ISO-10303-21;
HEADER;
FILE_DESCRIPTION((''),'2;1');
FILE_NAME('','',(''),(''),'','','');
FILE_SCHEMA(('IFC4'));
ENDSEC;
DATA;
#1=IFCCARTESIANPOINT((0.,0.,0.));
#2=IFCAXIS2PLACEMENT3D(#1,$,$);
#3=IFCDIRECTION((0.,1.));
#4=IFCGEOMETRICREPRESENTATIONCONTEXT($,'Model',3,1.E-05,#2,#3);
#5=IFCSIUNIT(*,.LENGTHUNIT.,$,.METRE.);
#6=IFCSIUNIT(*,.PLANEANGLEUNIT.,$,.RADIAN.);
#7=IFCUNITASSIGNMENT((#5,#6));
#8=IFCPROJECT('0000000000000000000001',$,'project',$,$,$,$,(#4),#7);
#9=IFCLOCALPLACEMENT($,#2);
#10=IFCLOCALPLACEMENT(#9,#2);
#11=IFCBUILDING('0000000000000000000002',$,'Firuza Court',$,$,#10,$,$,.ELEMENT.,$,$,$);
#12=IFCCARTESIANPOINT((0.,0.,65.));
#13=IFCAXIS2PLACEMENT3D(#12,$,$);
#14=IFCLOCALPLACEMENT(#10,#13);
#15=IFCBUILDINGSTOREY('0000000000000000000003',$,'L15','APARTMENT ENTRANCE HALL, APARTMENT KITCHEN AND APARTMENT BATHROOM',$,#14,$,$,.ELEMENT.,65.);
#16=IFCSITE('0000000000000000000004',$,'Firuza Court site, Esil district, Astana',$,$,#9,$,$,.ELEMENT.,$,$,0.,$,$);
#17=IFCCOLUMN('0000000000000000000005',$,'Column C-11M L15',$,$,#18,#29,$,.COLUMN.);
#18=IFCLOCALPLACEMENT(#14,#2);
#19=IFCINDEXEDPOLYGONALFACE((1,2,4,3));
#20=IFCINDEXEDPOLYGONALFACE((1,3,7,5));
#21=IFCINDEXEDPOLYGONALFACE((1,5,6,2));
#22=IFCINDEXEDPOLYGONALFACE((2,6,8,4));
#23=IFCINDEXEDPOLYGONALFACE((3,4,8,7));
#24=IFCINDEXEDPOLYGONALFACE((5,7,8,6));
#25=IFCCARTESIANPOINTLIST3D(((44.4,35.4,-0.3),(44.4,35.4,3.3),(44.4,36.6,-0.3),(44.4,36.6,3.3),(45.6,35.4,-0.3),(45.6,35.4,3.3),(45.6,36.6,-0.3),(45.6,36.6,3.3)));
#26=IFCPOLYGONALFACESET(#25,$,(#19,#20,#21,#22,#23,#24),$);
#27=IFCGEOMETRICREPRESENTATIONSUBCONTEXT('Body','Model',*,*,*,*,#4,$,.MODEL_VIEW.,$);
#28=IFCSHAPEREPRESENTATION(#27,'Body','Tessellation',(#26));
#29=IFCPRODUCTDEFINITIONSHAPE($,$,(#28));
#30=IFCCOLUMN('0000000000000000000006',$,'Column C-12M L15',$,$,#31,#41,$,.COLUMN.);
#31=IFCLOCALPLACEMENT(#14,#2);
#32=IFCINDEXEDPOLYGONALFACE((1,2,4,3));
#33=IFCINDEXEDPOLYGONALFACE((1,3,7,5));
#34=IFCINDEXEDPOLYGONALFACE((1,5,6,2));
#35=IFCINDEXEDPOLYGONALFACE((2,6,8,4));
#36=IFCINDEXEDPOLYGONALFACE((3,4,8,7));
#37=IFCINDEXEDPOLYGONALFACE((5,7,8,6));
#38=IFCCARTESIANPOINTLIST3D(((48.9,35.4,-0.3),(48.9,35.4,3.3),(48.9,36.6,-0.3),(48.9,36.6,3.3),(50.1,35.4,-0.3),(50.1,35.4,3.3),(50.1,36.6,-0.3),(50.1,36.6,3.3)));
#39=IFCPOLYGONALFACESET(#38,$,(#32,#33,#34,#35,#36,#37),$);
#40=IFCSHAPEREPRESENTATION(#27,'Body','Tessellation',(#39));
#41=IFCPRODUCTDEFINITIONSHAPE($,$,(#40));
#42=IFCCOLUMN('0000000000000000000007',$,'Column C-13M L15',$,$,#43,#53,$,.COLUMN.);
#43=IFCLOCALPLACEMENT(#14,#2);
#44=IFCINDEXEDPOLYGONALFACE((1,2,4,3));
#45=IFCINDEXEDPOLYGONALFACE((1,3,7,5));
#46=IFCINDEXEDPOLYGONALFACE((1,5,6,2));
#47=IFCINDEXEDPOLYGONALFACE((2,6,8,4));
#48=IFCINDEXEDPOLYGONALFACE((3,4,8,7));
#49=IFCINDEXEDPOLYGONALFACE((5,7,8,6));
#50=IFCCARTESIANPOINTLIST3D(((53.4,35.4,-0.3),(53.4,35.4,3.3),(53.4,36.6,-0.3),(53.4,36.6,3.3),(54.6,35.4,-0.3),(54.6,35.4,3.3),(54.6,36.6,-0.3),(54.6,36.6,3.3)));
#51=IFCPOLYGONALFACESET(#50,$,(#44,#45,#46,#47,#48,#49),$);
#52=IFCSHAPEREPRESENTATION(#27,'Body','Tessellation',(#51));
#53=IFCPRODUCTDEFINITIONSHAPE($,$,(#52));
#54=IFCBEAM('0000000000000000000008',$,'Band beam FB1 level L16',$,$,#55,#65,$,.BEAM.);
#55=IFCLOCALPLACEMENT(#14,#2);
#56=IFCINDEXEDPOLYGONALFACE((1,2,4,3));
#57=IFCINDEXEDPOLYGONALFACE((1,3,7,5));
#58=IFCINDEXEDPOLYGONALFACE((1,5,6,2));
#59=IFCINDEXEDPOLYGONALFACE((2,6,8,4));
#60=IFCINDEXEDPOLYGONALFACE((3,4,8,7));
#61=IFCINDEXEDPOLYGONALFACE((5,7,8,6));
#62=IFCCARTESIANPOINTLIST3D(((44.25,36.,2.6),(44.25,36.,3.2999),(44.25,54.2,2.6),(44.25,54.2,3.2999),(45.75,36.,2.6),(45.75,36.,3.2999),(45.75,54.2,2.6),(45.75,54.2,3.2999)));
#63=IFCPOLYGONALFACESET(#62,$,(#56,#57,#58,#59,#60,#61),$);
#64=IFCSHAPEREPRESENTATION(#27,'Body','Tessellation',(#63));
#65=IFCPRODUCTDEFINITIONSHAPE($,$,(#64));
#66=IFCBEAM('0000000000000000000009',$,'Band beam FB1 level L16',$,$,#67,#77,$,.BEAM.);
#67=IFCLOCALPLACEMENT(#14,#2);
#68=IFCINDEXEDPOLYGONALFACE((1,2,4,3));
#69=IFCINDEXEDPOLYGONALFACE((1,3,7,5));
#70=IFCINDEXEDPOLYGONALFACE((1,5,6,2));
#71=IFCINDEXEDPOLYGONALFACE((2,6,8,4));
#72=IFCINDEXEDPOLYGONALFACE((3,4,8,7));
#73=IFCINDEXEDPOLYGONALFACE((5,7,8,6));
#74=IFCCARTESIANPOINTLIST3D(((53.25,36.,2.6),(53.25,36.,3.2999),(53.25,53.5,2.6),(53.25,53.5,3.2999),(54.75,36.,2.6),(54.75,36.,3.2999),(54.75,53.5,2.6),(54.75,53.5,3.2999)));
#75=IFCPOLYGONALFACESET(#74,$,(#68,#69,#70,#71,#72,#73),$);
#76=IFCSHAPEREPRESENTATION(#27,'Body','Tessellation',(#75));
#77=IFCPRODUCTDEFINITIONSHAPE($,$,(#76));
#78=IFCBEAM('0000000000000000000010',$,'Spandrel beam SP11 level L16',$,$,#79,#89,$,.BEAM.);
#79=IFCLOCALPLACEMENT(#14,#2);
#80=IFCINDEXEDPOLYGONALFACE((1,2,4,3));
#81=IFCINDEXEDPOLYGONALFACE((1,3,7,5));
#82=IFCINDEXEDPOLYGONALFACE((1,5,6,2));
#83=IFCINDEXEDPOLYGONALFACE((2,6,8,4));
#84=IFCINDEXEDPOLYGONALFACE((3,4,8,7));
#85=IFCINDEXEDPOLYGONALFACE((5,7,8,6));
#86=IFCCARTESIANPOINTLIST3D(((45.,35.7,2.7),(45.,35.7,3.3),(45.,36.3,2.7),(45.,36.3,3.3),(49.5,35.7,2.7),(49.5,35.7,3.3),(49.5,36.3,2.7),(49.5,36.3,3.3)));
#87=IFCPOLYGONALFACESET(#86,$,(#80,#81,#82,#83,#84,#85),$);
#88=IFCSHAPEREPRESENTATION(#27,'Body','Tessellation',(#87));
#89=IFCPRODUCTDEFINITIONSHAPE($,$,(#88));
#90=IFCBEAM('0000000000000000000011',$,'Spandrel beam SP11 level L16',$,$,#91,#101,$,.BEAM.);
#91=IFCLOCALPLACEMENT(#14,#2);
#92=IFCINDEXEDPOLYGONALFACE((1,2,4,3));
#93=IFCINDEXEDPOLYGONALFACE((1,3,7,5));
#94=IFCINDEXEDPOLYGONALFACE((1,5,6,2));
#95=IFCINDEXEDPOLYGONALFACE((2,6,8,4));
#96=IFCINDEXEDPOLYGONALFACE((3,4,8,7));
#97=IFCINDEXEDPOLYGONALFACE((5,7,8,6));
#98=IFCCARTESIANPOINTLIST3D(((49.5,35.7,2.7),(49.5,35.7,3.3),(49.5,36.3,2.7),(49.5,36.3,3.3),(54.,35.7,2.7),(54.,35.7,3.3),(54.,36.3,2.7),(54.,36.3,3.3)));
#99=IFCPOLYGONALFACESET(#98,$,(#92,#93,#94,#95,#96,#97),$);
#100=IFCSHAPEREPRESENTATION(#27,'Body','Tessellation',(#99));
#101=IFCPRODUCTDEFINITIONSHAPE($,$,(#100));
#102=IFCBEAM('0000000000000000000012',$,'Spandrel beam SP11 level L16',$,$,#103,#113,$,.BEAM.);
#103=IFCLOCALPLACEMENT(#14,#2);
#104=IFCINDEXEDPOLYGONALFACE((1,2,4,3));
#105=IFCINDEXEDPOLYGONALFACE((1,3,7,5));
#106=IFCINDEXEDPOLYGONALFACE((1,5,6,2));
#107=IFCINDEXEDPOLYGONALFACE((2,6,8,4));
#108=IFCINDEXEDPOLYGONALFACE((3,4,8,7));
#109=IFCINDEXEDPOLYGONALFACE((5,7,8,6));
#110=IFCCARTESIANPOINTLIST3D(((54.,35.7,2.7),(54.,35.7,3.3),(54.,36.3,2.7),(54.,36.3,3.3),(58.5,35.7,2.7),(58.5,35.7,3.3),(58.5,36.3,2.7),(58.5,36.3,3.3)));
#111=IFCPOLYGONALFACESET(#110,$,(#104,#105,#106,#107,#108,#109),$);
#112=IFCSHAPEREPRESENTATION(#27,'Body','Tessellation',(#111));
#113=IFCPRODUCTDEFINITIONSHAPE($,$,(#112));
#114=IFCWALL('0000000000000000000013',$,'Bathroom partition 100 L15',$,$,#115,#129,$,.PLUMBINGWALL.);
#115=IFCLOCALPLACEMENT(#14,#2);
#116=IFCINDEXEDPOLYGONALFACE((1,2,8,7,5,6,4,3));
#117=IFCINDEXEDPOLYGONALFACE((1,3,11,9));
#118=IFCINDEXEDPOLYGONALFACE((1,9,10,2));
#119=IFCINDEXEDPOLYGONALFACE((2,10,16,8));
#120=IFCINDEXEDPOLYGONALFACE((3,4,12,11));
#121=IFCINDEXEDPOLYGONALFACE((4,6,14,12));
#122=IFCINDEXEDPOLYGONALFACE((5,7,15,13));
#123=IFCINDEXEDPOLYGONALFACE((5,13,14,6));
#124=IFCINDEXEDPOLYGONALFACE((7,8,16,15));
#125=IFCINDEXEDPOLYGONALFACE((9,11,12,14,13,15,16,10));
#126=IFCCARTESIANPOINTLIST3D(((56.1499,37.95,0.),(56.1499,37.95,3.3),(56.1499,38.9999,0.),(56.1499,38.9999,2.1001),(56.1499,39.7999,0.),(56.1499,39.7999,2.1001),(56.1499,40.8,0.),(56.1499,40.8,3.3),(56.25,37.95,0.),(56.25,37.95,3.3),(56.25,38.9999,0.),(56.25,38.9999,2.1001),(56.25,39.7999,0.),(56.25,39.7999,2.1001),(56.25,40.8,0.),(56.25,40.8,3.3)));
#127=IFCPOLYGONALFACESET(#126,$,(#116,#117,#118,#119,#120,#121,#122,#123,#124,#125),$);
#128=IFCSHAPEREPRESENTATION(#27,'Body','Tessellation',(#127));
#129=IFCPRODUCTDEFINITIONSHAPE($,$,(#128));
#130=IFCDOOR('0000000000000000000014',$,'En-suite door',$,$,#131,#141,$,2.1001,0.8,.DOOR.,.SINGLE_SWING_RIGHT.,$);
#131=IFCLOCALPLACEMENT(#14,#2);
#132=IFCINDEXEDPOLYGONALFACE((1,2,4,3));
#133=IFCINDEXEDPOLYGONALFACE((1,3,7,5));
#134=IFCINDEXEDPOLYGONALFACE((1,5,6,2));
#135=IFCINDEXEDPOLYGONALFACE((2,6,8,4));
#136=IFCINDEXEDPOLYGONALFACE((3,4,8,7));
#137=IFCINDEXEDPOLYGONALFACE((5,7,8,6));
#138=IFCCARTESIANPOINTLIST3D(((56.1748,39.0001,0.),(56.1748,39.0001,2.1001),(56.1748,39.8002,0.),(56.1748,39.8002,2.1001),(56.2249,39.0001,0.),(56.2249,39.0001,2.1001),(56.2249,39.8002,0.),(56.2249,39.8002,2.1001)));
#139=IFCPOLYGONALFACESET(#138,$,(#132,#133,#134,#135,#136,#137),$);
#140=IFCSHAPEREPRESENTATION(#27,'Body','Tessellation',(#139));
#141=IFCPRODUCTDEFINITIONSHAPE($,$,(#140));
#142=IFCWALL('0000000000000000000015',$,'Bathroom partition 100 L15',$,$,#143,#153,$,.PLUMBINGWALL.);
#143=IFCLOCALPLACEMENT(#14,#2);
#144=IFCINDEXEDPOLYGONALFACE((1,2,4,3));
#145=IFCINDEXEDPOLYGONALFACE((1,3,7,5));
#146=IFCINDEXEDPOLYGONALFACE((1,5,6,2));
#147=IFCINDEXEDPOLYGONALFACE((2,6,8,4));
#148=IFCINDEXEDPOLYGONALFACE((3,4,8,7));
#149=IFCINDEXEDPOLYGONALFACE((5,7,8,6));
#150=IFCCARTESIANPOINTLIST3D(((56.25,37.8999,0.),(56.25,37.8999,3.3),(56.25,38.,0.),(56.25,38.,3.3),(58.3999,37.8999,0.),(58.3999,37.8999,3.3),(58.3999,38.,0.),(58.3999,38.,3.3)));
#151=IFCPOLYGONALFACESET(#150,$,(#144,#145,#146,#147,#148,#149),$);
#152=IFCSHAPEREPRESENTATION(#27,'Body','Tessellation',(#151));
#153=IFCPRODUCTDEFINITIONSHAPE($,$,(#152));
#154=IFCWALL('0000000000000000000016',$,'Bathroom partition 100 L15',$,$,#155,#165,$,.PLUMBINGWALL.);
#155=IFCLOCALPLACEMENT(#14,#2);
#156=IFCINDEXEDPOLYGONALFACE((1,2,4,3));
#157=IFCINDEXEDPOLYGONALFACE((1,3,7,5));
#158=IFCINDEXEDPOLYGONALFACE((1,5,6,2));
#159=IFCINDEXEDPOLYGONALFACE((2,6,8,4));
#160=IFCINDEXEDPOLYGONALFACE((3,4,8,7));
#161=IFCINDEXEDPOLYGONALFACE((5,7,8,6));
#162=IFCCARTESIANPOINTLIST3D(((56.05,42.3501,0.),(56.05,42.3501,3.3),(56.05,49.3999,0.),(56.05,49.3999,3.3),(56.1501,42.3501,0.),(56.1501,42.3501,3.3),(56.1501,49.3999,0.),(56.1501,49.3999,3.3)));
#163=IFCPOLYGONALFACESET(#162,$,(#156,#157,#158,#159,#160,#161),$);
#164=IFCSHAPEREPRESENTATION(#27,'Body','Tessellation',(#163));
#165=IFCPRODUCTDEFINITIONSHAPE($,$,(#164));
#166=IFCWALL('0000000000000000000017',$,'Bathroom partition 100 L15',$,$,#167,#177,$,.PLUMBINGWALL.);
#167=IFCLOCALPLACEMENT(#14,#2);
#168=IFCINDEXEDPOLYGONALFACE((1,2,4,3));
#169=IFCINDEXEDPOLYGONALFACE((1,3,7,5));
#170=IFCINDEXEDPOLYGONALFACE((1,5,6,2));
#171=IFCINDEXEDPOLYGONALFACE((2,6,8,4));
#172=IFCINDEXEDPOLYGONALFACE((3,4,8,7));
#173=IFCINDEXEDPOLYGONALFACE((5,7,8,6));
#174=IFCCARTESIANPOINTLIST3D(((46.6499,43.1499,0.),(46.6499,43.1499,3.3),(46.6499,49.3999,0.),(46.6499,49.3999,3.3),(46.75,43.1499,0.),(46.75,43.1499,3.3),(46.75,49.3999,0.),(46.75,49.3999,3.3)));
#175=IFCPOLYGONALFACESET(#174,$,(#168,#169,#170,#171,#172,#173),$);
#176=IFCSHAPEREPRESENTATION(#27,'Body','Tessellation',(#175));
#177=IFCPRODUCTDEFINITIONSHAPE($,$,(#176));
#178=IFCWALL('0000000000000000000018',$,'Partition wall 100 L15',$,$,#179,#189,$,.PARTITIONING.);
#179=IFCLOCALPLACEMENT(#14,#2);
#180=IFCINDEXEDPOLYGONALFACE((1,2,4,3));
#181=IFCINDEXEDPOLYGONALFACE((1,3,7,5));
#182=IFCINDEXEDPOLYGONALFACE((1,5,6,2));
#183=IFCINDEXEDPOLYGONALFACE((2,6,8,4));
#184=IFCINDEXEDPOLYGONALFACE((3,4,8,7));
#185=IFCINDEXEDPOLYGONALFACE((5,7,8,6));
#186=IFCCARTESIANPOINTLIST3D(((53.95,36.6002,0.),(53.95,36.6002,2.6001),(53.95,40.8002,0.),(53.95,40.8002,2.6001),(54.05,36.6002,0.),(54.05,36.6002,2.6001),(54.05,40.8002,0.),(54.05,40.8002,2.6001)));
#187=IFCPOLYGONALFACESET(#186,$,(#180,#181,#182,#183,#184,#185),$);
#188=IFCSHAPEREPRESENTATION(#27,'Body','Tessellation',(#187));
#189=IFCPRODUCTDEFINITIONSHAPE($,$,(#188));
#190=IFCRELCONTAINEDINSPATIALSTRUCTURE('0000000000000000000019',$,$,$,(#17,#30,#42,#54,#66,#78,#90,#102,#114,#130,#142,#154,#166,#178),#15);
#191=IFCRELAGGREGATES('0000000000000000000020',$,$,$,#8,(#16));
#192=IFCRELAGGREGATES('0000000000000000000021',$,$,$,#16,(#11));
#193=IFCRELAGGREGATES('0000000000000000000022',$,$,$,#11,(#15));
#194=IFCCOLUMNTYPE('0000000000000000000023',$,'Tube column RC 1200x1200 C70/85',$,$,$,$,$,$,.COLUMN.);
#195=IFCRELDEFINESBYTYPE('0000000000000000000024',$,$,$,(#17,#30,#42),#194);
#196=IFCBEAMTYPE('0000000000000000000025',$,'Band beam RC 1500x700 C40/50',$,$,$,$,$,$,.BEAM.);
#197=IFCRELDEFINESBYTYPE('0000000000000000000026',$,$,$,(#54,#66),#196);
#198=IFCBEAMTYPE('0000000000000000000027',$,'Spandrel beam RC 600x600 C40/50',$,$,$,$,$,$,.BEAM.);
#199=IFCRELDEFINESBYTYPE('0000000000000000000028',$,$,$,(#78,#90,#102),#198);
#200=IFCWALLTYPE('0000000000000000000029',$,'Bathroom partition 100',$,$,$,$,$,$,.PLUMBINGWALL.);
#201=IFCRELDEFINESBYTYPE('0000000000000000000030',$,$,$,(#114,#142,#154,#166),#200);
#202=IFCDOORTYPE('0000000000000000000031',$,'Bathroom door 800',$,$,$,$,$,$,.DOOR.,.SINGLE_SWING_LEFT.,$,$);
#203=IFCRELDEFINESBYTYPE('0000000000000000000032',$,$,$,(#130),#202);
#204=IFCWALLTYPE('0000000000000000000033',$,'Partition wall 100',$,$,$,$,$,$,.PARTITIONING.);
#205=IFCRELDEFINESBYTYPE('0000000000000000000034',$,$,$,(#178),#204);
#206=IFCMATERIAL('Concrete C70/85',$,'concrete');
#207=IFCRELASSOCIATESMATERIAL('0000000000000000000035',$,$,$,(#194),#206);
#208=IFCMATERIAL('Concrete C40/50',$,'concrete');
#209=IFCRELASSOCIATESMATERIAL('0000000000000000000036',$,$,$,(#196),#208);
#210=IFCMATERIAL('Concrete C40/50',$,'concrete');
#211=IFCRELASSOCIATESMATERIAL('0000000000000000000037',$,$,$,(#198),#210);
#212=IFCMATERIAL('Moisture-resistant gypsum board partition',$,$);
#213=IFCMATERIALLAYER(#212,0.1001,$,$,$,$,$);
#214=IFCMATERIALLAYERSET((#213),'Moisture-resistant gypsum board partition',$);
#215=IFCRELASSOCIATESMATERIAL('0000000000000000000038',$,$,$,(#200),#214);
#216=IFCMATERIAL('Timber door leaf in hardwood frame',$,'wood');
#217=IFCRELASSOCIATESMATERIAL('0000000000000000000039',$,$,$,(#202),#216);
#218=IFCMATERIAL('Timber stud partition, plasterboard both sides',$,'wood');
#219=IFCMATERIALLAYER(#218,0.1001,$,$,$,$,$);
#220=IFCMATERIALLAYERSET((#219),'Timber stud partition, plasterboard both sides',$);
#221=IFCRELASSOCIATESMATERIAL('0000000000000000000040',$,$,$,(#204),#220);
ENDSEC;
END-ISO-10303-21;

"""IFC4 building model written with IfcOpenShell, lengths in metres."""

from ifc_helpers import new_model, si_unit, direction, frame, frame_2d, origin, origin_2d, place, context, subcontext, project, spatial, rectangle, extrude, material, layer, layer_set, material_profile, profile_set, type_object, element, fill, save


model = new_model("IFC4")

# Units and contexts
model_context = context("Model", 3, precision=1e-05, world=origin(), true_north=direction((0.0, 1.0)))
body_context = subcontext(model_context, "Body", "Model", "MODEL_VIEW")
ifc_project = project(units=[si_unit("LENGTHUNIT", "METRE"), si_unit("PLANEANGLEUNIT", "RADIAN")], contexts=[model_context])

# Site, building, storey
site_placement = place(None, origin())
site = spatial("IfcSite", under=ifc_project, at=site_placement, Name="Firuza Court site, Esil district, Astana", CompositionType="ELEMENT", RefElevation=0.0)
building_placement = place(site_placement, origin())
building = spatial("IfcBuilding", under=site, at=building_placement, Name="Firuza Court", CompositionType="ELEMENT")
storey_placement = place(building_placement, frame((0.0, 0.0, 65.0)))
storey = spatial("IfcBuildingStorey", under=building, at=storey_placement, Name="L15", Description="APARTMENT ENTRANCE HALL, APARTMENT KITCHEN AND APARTMENT BATHROOM", CompositionType="ELEMENT", Elevation=65.0)

# Columns
ifc_material_1 = material(Name="Concrete C70/85", Category="concrete")
ifc_material_profile_1 = material_profile(ifc_material_1, rectangle(XDim=1.2, YDim=1.2, at=origin_2d()), Name="RC 1200x1200")
ifc_profile_set_1 = profile_set([ifc_material_profile_1], Name="Concrete C70/85")
column_type = type_object("IfcColumnType", Name="Tube column RC 1200x1200 C70/85", PredefinedType="COLUMN", material=ifc_profile_set_1)
for number, where, z_axis, x_axis, name in (
    (1, (45.0, 36.0, -0.3), (0.0, 0.0, 1.0), (1.0, 0.0, 0.0), "Column C-11M L15"),
    (2, (49.5, 36.0, -0.3), (0.0, 0.0, 1.0), (1.0, 0.0, 0.0), "Column C-12M L15"),
    (3, (54.0, 36.0, -0.3), (0.0, 0.0, 1.0), (1.0, 0.0, 0.0), "Column C-13M L15"),
):
    element("IfcColumn", number, at=place(storey_placement, frame(where, z_axis=z_axis, x_axis=x_axis)), inside=storey, type_object=column_type, Name=name, PredefinedType="COLUMN", context=body_context, shape_type="SweptSolid", body=[
        extrude(rectangle(XDim=1.2, YDim=1.2, at=origin_2d()), origin(), (0.0, 0.0, 1.0), 3.6001),
    ])

# Beams
ifc_material_2 = material(Name="Concrete C40/50", Category="concrete")
ifc_material_profile_2 = material_profile(ifc_material_2, rectangle(XDim=1.5, YDim=0.7, at=origin_2d()), Name="RC 1500x700")
ifc_profile_set_2 = profile_set([ifc_material_profile_2], Name="Concrete C40/50")
beam_type_1 = type_object("IfcBeamType", Name="Band beam RC 1500x700 C40/50", PredefinedType="BEAM", material=ifc_profile_set_2)
beam_1_placement = place(storey_placement, frame((45.0, 36.0, 2.95), z_axis=(0.0, 1.0, 0.0), x_axis=(-1.0, 0.0, 0.0)))
element("IfcBeam", 4, at=beam_1_placement, inside=storey, type_object=beam_type_1, Name="Band beam FB1 level L16", PredefinedType="BEAM", context=body_context, shape_type="SweptSolid", body=[
    extrude(rectangle(XDim=1.5, YDim=0.7, at=origin_2d()), origin(), (0.0, 0.0, 1.0), 18.2),
])
beam_2_placement = place(storey_placement, frame((54.0, 36.0, 2.95), z_axis=(0.0, 1.0, 0.0), x_axis=(-1.0, 0.0, 0.0)))
element("IfcBeam", 5, at=beam_2_placement, inside=storey, type_object=beam_type_1, Name="Band beam FB1 level L16", PredefinedType="BEAM", context=body_context, shape_type="SweptSolid", body=[
    extrude(rectangle(XDim=1.5, YDim=0.7, at=origin_2d()), origin(), (0.0, 0.0, 1.0), 17.5),
])
ifc_material_3 = material(Name="Concrete C40/50", Category="concrete")
ifc_material_profile_3 = material_profile(ifc_material_3, rectangle(XDim=0.6001, YDim=0.6001, at=origin_2d()), Name="RC 600x600")
ifc_profile_set_3 = profile_set([ifc_material_profile_3], Name="Concrete C40/50")
beam_type_2 = type_object("IfcBeamType", Name="Spandrel beam RC 600x600 C40/50", PredefinedType="BEAM", material=ifc_profile_set_3)
for number, where, z_axis, x_axis, name in (
    (6, (45.0, 36.0, 3.0), (1.0, 0.0, 0.0), (0.0, 1.0, 0.0), "Spandrel beam SP11 level L16"),
    (7, (49.5, 36.0, 3.0), (1.0, 0.0, 0.0), (0.0, 1.0, 0.0), "Spandrel beam SP11 level L16"),
    (8, (54.0, 36.0, 3.0), (1.0, 0.0, 0.0), (0.0, 1.0, 0.0), "Spandrel beam SP11 level L16"),
):
    element("IfcBeam", number, at=place(storey_placement, frame(where, z_axis=z_axis, x_axis=x_axis)), inside=storey, type_object=beam_type_2, Name=name, PredefinedType="BEAM", context=body_context, shape_type="SweptSolid", body=[
        extrude(rectangle(XDim=0.6001, YDim=0.6001, at=origin_2d()), origin(), (0.0, 0.0, 1.0), 4.5),
    ])

# Wall, opening, door
ifc_material_4 = material(Name="Moisture-resistant gypsum board partition")
ifc_layer_1 = layer(ifc_material_4, 0.1001)
ifc_layer_set_1 = layer_set([ifc_layer_1], Name="Moisture-resistant gypsum board partition")
wall_type_1 = type_object("IfcWallType", Name="Bathroom partition 100", PredefinedType="PLUMBINGWALL", material=ifc_layer_set_1)
wall_1_placement = place(storey_placement, frame((56.2, 37.95, 0.0), z_axis=(0.0, 0.0, 1.0), x_axis=(0.0, 1.0, 0.0)))
wall_1 = element("IfcWall", 9, at=wall_1_placement, inside=storey, type_object=wall_type_1, Name="Bathroom partition 100 L15", PredefinedType="PLUMBINGWALL", context=body_context, shape_type="SweptSolid", body=[
    extrude(rectangle(XDim=2.8501, YDim=0.1001, at=frame_2d((1.425, 0.0))), origin(), (0.0, 0.0, 1.0), 3.3),
])
opening_1_placement = place(wall_1_placement, frame((1.05, 0.0, 0.0)))
opening_1 = element("IfcOpeningElement", 10, at=opening_1_placement, cuts=wall_1, PredefinedType="OPENING", context=body_context, shape_type="SweptSolid", body=[
    extrude(rectangle(XDim=0.8, YDim=2.1001, at=frame_2d((0.3999, 1.05))), frame((0.0, 0.062, 0.0), z_axis=(0.0, -1.0, 0.0), x_axis=(1.0, 0.0, 0.0)), (0.0, 0.0, 1.0), 0.124),
])
ifc_material_5 = material(Name="Timber door leaf in hardwood frame", Category="wood")
door_type_1 = type_object("IfcDoorType", Name="Bathroom door 800", OperationType="SINGLE_SWING_LEFT", PredefinedType="DOOR", material=ifc_material_5)
door_1_placement = place(opening_1_placement, frame((0.8, 0.0, 0.0), z_axis=(0.0, 0.0, 1.0), x_axis=(-1.0, 0.0, 0.0)))
door_1 = element("IfcDoor", 11, at=door_1_placement, inside=storey, type_object=door_type_1, Name="En-suite door", OperationType="SINGLE_SWING_RIGHT", OverallHeight=2.1001, OverallWidth=0.8, PredefinedType="DOOR", context=body_context, shape_type="SweptSolid", body=[
    extrude(rectangle(XDim=0.8, YDim=2.1001, at=frame_2d((0.3999, 1.05))), frame((0.0, 0.0249, 0.0), z_axis=(0.0, -1.0, 0.0), x_axis=(1.0, 0.0, 0.0)), (0.0, 0.0, 1.0), 0.05),
])
fill(opening_1, door_1)

# Walls
wall_2_placement = place(storey_placement, frame((56.25, 37.95, 0.0), z_axis=(0.0, 0.0, 1.0), x_axis=(1.0, 0.0, 0.0)))
element("IfcWall", 12, at=wall_2_placement, inside=storey, type_object=wall_type_1, Name="Bathroom partition 100 L15", PredefinedType="PLUMBINGWALL", context=body_context, shape_type="SweptSolid", body=[
    extrude(rectangle(XDim=2.1499, YDim=0.1001, at=frame_2d((1.075, 0.0))), origin(), (0.0, 0.0, 1.0), 3.3),
])
wall_3_placement = place(storey_placement, frame((56.1001, 42.3501, 0.0), z_axis=(0.0, 0.0, 1.0), x_axis=(0.0, 1.0, 0.0)))
element("IfcWall", 13, at=wall_3_placement, inside=storey, type_object=wall_type_1, Name="Bathroom partition 100 L15", PredefinedType="PLUMBINGWALL", context=body_context, shape_type="SweptSolid", body=[
    extrude(rectangle(XDim=7.0498, YDim=0.1001, at=frame_2d((3.5249, 0.0))), origin(), (0.0, 0.0, 1.0), 3.3),
])
wall_4_placement = place(storey_placement, frame((46.7, 43.1499, 0.0), z_axis=(0.0, 0.0, 1.0), x_axis=(0.0, 1.0, 0.0)))
element("IfcWall", 14, at=wall_4_placement, inside=storey, type_object=wall_type_1, Name="Bathroom partition 100 L15", PredefinedType="PLUMBINGWALL", context=body_context, shape_type="SweptSolid", body=[
    extrude(rectangle(XDim=6.25, YDim=0.1001, at=frame_2d((3.125, 0.0))), origin(), (0.0, 0.0, 1.0), 3.3),
])
ifc_material_6 = material(Name="Timber stud partition, plasterboard both sides", Category="wood")
ifc_layer_2 = layer(ifc_material_6, 0.1001)
ifc_layer_set_2 = layer_set([ifc_layer_2], Name="Timber stud partition, plasterboard both sides")
wall_type_2 = type_object("IfcWallType", Name="Partition wall 100", PredefinedType="PARTITIONING", material=ifc_layer_set_2)
wall_5_placement = place(storey_placement, frame((54.0, 36.6001, 0.0), z_axis=(0.0, 0.0, 1.0), x_axis=(0.0, 1.0, 0.0)))
element("IfcWall", 15, at=wall_5_placement, inside=storey, type_object=wall_type_2, Name="Partition wall 100 L15", PredefinedType="PARTITIONING", context=body_context, shape_type="SweptSolid", body=[
    extrude(rectangle(XDim=4.2, YDim=0.1001, at=frame_2d((2.1001, 0.0))), origin(), (0.0, 0.0, 1.0), 2.6001),
])

save(model, "model.ifc")
